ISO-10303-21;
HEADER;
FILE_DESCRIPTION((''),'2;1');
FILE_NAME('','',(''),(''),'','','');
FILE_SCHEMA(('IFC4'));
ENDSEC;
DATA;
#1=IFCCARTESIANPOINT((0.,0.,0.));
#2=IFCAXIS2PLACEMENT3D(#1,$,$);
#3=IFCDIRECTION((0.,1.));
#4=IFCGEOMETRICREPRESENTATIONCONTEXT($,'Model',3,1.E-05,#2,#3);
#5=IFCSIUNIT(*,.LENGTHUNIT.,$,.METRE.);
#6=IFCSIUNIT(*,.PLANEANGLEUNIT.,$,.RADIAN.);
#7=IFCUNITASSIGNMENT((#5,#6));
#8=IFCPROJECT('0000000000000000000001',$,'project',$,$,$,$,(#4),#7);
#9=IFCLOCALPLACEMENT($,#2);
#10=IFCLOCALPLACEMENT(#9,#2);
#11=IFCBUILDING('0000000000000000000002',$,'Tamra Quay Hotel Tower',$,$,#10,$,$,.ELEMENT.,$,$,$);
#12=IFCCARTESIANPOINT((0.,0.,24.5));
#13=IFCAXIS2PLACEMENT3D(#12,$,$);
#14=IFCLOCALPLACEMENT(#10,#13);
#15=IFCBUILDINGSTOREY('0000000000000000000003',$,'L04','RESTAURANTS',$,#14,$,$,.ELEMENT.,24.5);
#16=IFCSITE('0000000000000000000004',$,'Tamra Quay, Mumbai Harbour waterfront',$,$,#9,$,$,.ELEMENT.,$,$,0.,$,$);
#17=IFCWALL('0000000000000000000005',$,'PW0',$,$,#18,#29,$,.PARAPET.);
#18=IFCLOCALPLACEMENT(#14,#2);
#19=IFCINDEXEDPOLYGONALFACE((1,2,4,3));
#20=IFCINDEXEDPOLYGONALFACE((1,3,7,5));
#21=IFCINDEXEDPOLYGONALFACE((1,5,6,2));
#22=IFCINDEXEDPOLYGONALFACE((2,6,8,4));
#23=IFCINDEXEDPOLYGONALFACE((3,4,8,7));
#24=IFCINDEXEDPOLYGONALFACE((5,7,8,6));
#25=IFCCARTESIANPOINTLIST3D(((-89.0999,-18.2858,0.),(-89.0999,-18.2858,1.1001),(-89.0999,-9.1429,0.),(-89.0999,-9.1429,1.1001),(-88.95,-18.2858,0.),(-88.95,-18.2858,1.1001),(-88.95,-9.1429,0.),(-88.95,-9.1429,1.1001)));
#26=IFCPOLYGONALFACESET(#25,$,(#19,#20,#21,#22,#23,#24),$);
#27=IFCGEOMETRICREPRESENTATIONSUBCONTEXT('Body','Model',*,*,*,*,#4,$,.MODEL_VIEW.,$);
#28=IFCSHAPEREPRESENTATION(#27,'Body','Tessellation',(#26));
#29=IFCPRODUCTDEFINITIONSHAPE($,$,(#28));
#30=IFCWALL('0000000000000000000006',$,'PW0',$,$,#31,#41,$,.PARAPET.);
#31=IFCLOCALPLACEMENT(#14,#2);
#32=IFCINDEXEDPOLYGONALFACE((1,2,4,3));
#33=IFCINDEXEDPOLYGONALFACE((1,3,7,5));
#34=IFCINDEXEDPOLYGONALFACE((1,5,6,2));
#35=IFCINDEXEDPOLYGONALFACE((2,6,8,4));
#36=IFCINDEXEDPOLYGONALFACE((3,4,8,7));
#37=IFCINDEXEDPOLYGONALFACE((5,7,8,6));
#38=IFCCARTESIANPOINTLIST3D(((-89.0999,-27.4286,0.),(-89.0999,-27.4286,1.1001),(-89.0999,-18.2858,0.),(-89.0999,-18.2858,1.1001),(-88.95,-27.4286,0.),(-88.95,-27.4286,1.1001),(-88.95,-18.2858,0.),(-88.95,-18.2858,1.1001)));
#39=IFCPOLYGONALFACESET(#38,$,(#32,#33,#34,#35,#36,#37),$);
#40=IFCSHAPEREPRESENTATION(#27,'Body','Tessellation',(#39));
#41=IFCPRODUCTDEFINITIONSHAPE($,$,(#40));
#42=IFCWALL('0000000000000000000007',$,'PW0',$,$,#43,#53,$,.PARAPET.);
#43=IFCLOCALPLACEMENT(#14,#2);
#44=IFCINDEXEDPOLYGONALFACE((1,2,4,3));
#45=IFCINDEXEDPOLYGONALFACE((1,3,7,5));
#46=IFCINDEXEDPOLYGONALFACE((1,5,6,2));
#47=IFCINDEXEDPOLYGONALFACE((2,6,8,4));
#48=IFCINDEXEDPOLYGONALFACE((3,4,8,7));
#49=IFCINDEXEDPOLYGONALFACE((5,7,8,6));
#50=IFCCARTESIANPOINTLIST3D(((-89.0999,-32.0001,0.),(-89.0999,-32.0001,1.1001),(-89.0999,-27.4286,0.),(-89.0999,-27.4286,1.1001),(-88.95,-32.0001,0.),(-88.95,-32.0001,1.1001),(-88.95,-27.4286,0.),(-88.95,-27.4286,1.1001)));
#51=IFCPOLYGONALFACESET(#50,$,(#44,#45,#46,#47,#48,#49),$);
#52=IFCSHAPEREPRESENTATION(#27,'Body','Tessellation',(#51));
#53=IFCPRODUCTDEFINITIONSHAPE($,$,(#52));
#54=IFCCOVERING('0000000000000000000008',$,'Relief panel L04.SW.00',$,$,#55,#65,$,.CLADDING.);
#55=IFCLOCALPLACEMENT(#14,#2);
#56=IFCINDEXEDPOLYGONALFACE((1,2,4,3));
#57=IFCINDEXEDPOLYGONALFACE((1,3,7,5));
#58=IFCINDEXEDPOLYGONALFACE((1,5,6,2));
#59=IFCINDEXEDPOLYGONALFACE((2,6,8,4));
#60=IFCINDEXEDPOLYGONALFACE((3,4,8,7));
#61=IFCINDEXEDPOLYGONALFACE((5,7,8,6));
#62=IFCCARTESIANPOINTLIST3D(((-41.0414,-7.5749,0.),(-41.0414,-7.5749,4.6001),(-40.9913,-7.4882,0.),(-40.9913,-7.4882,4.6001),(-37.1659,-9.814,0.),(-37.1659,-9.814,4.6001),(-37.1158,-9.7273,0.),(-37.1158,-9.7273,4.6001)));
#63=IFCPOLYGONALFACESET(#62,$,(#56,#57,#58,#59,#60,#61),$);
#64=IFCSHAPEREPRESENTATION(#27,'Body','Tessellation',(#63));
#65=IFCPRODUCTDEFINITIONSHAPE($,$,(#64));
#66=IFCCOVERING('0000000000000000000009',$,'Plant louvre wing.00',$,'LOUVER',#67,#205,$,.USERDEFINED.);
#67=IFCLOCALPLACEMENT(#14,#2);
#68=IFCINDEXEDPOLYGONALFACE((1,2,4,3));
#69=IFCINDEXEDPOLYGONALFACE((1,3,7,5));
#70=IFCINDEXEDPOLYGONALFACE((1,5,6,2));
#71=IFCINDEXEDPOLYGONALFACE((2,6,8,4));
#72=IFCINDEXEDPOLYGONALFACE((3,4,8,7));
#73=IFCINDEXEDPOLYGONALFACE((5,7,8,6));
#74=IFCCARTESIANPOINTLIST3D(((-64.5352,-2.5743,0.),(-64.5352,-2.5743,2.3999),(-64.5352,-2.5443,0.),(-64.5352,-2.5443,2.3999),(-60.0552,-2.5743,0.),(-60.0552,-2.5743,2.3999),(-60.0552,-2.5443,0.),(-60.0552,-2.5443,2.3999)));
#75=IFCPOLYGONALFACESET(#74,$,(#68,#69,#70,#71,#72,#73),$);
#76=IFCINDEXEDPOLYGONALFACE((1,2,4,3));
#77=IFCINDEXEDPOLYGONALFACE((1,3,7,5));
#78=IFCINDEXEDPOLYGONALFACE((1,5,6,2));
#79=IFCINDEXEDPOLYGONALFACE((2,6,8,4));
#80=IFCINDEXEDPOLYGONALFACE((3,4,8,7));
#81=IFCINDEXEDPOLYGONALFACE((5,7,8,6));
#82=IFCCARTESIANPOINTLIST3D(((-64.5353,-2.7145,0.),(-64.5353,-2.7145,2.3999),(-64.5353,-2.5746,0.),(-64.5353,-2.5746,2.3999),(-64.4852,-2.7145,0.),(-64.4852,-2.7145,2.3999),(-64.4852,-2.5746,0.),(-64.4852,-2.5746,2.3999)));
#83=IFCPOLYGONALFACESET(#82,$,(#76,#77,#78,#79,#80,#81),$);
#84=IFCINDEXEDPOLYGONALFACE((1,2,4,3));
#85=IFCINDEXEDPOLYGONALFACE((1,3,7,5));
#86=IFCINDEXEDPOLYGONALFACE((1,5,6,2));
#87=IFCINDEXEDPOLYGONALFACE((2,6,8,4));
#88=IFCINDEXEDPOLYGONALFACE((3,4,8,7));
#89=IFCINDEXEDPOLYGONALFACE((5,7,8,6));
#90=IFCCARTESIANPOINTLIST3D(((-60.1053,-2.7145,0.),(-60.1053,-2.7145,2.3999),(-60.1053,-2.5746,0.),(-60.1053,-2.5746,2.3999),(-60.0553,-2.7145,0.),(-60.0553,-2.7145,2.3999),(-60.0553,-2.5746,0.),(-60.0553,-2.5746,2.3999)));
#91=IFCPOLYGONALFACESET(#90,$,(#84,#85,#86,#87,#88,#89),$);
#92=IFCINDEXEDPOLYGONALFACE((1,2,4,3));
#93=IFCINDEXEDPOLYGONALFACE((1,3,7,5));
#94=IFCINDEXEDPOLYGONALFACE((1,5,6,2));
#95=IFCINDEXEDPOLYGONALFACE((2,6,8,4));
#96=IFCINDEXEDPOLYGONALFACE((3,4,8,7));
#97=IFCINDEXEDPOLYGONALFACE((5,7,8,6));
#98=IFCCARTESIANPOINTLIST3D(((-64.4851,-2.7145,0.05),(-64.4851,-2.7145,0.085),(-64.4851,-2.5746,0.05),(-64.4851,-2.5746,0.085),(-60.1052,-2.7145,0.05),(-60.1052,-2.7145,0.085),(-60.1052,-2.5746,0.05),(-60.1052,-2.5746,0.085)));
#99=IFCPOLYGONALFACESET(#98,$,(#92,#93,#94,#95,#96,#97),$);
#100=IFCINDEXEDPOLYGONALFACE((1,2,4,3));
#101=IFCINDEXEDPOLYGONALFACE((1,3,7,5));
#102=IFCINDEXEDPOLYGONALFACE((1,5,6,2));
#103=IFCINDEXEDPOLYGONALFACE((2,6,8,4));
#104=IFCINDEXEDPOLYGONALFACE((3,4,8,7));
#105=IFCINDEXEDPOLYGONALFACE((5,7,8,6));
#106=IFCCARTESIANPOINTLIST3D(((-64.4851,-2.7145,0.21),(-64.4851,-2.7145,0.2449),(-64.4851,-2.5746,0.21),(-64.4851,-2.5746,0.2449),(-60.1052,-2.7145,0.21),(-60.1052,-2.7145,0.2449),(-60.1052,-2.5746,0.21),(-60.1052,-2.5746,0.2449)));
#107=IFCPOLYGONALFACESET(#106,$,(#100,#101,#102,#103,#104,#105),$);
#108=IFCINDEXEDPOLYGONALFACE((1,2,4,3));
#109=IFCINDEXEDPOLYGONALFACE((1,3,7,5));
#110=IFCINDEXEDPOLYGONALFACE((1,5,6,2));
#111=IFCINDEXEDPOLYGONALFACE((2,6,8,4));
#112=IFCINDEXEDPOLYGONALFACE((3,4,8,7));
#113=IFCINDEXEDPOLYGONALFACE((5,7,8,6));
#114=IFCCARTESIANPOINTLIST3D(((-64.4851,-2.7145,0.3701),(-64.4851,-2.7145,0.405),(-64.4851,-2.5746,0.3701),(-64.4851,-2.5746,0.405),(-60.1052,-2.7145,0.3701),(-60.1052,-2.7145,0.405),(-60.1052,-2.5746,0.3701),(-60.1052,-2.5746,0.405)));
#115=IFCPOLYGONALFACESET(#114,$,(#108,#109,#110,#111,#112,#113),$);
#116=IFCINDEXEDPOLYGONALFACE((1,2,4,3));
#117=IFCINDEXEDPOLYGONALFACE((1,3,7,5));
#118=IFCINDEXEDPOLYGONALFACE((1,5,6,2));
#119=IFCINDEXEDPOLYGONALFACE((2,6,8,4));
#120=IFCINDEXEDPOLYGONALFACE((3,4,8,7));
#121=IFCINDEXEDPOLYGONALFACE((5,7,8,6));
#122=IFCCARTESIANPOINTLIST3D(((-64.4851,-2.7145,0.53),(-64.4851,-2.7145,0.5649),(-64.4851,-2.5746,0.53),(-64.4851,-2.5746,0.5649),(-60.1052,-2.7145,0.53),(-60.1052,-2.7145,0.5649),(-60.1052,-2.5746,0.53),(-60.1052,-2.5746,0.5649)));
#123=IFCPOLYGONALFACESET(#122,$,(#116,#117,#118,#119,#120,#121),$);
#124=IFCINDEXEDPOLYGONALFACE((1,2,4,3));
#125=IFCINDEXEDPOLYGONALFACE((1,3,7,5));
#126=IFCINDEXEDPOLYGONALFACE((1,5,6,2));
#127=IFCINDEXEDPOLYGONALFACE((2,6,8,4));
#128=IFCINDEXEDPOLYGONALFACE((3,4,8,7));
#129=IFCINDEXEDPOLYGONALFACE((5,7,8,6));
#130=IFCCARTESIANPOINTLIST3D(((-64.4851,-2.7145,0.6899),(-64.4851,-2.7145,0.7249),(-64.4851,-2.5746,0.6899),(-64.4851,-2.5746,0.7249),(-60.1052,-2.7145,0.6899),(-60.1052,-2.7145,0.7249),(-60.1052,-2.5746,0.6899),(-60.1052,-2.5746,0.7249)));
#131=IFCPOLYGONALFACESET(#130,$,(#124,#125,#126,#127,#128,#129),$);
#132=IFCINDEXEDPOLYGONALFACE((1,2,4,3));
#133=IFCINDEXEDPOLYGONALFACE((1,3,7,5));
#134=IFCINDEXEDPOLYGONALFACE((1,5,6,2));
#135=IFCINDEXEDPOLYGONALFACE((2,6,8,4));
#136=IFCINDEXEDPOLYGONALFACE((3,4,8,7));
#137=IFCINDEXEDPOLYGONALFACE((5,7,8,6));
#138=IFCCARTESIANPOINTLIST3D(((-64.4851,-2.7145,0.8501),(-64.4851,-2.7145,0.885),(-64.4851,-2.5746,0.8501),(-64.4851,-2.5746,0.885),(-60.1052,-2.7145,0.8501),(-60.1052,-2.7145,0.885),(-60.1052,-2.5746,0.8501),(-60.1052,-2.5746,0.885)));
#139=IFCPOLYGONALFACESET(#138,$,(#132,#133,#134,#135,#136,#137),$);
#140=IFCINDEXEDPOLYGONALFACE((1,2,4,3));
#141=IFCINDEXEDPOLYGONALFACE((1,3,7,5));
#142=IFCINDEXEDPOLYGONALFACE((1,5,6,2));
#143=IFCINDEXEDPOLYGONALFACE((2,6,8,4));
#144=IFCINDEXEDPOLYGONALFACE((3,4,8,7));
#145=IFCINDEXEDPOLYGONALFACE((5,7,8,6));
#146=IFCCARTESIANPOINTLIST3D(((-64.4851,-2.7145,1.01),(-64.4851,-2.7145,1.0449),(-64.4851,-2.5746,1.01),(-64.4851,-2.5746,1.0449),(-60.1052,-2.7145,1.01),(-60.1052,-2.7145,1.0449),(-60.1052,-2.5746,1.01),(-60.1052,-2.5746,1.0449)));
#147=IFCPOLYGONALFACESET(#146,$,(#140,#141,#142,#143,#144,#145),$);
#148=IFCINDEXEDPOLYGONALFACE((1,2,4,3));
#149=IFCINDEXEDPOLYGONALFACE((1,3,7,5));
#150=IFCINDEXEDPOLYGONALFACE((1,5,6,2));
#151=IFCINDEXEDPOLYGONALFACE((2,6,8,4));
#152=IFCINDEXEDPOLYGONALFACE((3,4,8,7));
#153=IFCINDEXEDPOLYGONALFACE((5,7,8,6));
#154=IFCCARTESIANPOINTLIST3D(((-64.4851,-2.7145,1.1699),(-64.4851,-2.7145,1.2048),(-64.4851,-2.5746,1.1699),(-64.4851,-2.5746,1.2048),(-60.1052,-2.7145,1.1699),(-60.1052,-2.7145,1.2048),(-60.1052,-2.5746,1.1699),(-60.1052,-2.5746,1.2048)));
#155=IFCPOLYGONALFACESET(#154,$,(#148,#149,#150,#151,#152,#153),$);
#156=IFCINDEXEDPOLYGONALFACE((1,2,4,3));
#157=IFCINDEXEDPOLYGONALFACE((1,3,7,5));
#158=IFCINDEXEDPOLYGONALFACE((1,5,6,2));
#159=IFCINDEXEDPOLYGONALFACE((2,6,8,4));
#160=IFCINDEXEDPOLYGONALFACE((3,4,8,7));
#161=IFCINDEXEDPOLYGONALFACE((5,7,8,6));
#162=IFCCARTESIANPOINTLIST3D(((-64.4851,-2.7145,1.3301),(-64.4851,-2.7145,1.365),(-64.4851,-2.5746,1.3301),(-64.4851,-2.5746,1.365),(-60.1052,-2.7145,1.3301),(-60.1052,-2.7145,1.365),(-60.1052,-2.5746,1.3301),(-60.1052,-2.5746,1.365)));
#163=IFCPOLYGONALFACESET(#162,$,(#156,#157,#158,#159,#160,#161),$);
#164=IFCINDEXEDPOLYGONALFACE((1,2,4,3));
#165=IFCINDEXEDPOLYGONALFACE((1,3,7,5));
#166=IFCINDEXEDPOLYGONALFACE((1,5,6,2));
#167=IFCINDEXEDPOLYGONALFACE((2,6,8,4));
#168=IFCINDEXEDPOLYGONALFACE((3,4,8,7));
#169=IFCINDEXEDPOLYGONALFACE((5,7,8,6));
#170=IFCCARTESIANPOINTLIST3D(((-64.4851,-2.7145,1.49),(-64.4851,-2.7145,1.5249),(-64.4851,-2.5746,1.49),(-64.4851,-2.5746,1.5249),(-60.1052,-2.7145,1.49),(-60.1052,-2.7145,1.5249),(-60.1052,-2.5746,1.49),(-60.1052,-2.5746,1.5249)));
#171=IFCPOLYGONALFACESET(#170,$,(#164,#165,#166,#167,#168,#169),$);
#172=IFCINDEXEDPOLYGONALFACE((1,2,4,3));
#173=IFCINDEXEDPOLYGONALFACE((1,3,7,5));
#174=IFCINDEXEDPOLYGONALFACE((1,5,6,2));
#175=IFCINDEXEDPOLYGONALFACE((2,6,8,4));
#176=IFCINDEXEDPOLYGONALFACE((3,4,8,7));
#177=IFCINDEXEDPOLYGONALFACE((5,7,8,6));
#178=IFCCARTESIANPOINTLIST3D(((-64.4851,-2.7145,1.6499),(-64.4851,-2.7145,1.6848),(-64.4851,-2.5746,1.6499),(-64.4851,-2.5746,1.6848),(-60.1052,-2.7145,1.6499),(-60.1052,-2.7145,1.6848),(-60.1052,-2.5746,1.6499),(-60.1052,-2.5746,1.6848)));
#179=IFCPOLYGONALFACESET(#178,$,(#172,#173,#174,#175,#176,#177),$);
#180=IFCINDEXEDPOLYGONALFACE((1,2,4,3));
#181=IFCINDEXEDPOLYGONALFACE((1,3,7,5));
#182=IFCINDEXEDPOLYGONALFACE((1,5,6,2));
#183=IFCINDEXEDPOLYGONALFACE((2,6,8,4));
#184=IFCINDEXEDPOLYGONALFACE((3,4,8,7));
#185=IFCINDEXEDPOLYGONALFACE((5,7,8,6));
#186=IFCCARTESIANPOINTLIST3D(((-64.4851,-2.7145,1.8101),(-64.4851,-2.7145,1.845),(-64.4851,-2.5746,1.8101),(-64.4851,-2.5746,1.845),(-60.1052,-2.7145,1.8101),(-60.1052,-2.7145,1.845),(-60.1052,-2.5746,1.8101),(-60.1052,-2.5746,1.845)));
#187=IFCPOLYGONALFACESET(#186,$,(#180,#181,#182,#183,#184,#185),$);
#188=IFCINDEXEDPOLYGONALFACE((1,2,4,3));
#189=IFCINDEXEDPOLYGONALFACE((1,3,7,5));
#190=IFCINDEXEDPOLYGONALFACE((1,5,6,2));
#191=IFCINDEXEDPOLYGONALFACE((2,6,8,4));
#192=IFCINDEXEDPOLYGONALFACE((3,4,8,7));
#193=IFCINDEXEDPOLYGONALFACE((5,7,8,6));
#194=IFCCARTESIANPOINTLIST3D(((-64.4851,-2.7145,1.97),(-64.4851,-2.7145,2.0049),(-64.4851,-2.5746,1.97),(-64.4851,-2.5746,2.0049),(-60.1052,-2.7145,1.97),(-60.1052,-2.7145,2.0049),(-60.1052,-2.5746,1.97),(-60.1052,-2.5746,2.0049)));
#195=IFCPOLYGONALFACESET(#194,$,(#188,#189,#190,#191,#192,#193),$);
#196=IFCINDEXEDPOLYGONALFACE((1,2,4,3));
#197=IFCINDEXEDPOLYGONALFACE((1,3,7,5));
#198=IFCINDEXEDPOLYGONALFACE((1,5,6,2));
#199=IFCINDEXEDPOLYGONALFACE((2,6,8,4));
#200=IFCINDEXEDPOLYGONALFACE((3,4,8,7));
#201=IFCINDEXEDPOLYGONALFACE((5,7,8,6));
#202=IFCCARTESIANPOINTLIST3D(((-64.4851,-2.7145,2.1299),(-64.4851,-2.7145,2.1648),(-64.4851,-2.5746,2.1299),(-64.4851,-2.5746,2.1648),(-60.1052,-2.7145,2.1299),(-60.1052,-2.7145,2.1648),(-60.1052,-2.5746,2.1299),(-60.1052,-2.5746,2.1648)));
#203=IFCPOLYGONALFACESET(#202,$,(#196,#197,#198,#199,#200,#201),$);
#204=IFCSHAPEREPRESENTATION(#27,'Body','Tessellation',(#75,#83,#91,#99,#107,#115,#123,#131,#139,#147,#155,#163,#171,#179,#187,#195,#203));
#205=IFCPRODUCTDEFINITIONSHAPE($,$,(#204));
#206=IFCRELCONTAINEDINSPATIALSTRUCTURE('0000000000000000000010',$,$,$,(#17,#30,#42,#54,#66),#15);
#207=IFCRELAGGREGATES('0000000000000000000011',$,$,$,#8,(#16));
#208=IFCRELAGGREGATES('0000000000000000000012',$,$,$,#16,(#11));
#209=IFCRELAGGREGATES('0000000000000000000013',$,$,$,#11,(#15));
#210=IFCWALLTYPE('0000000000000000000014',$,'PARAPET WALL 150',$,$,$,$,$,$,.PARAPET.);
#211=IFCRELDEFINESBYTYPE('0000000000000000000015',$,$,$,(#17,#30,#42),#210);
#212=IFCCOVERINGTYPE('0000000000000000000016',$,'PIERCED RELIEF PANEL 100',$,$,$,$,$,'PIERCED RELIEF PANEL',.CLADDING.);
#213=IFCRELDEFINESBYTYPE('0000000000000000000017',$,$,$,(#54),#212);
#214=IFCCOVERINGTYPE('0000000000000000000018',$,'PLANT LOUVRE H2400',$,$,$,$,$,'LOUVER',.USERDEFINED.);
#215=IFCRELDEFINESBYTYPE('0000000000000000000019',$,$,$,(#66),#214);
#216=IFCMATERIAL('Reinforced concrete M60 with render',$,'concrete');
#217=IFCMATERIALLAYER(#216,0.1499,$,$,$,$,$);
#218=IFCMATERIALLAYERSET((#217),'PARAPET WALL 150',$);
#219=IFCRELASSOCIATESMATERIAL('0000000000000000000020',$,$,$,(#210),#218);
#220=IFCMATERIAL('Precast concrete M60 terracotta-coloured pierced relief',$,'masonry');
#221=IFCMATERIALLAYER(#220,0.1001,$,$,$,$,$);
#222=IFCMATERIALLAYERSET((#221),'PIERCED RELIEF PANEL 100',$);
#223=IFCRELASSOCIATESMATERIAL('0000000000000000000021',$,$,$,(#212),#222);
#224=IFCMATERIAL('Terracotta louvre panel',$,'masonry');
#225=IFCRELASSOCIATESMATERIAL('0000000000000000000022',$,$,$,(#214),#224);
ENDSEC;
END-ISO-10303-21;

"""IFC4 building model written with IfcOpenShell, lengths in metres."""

from ifc_helpers import new_model, si_unit, direction, frame, frame_2d, origin, origin_2d, place, context, subcontext, project, spatial, rectangle, extrude, source, transform, mapped, material, layer, layer_set, type_object, element, save


model = new_model("IFC4")

# Units and contexts
model_context = context("Model", 3, precision=1e-05, world=origin(), true_north=direction((0.0, 1.0)))
body_context = subcontext(model_context, "Body", "Model", "MODEL_VIEW")
ifc_project = project(units=[si_unit("LENGTHUNIT", "METRE"), si_unit("PLANEANGLEUNIT", "RADIAN")], contexts=[model_context])

# Site, building, storey
site_placement = place(None, origin())
site = spatial("IfcSite", under=ifc_project, at=site_placement, Name="Tamra Quay, Mumbai Harbour waterfront", CompositionType="ELEMENT", RefElevation=0.0)
building_placement = place(site_placement, origin())
building = spatial("IfcBuilding", under=site, at=building_placement, Name="Tamra Quay Hotel Tower", CompositionType="ELEMENT")
storey_placement = place(building_placement, frame((0.0, 0.0, 24.5)))
storey = spatial("IfcBuildingStorey", under=building, at=storey_placement, Name="L04", Description="RESTAURANTS", CompositionType="ELEMENT", Elevation=24.5)

# Walls
ifc_material_1 = material(Name="Reinforced concrete M60 with render", Category="concrete")
ifc_layer_1 = layer(ifc_material_1, 0.1499)
ifc_layer_set_1 = layer_set([ifc_layer_1], Name="PARAPET WALL 150")
wall_type_1 = type_object("IfcWallType", Name="PARAPET WALL 150", PredefinedType="PARAPET", material=ifc_layer_set_1)
for number, where, z_axis, x_axis, name in (
    (1, (-89.0249, -18.2856, 0.0), (0.0, 0.0, 1.0), (0.0, 1.0, 0.0), "PW0"),
    (2, (-89.0249, -27.4285, 0.0), (0.0, 0.0, 1.0), (0.0, 1.0, 0.0), "PW0"),
):
    element("IfcWall", number, at=place(storey_placement, frame(where, z_axis=z_axis, x_axis=x_axis)), inside=storey, type_object=wall_type_1, Name=name, PredefinedType="PARAPET", context=body_context, shape_type="SweptSolid", body=[
        extrude(rectangle(XDim=9.1428, YDim=0.1499, at=frame_2d((4.5713, 0.0))), origin(), (0.0, 0.0, 1.0), 1.1001),
    ])
wall_1_placement = place(storey_placement, frame((-89.0249, -32.0, 0.0), z_axis=(0.0, 0.0, 1.0), x_axis=(0.0, 1.0, 0.0)))
element("IfcWall", 3, at=wall_1_placement, inside=storey, type_object=wall_type_1, Name="PW0", PredefinedType="PARAPET", context=body_context, shape_type="SweptSolid", body=[
    extrude(rectangle(XDim=4.5715, YDim=0.1499, at=frame_2d((2.2856, 0.0))), origin(), (0.0, 0.0, 1.0), 1.1001),
])

# Coverings
ifc_material_2 = material(Name="Precast concrete M60 terracotta-coloured pierced relief", Category="masonry")
ifc_layer_2 = layer(ifc_material_2, 0.1001)
ifc_layer_set_2 = layer_set([ifc_layer_2], Name="PIERCED RELIEF PANEL 100")
covering_type_1 = type_object("IfcCoveringType", Name="PIERCED RELIEF PANEL 100", ElementType="PIERCED RELIEF PANEL", PredefinedType="CLADDING", material=ifc_layer_set_2)
covering_placement = place(storey_placement, frame((-39.0786, -8.6511, 0.0), z_axis=(0.0, 0.0, 1.0), x_axis=(0.865872, -0.500265, 0.0)))
element("IfcCovering", 4, at=covering_placement, inside=storey, type_object=covering_type_1, Name="Relief panel L04.SW.00", PredefinedType="CLADDING", context=body_context, shape_type="SweptSolid", body=[
    extrude(rectangle(XDim=4.4758, YDim=0.1001, at=origin_2d()), origin(), (0.0, 0.0, 1.0), 4.6001),
])
ifc_material_3 = material(Name="Terracotta louvre panel", Category="masonry")
covering_type_2 = type_object("IfcCoveringType", Name="PLANT LOUVRE H2400", ElementType="LOUVER", PredefinedType="USERDEFINED", material=ifc_material_3)
shared_shape_1 = source(origin(), body_context, "Body", "SweptSolid", [
    extrude(rectangle(XDim=4.48, YDim=0.03, at=frame_2d((2.24, 0.0151))), frame((-2.24, -0.03, 0.0)), (0.0, 0.0, 1.0), 2.3999),
    extrude(rectangle(XDim=0.05, YDim=0.1399, at=frame_2d((0.0249, 0.0698))), frame((-2.24, -0.1699, 0.0)), (0.0, 0.0, 1.0), 2.3999),
    extrude(rectangle(XDim=0.05, YDim=0.1399, at=frame_2d((0.0249, 0.0698))), frame((2.1899, -0.1699, 0.0)), (0.0, 0.0, 1.0), 2.3999),
    extrude(rectangle(XDim=4.3799, YDim=0.1399, at=frame_2d((2.1899, 0.0698))), frame((-2.1899, -0.1699, 0.05)), (0.0, 0.0, 1.0), 0.0349),
    extrude(rectangle(XDim=4.3799, YDim=0.1399, at=frame_2d((2.1899, 0.0698))), frame((-2.1899, -0.1699, 0.21)), (0.0, 0.0, 1.0), 0.0349),
    extrude(rectangle(XDim=4.3799, YDim=0.1399, at=frame_2d((2.1899, 0.0698))), frame((-2.1899, -0.1699, 0.3701)), (0.0, 0.0, 1.0), 0.0349),
    extrude(rectangle(XDim=4.3799, YDim=0.1399, at=frame_2d((2.1899, 0.0698))), frame((-2.1899, -0.1699, 0.53)), (0.0, 0.0, 1.0), 0.0349),
    extrude(rectangle(XDim=4.3799, YDim=0.1399, at=frame_2d((2.1899, 0.0698))), frame((-2.1899, -0.1699, 0.6899)), (0.0, 0.0, 1.0), 0.0349),
    extrude(rectangle(XDim=4.3799, YDim=0.1399, at=frame_2d((2.1899, 0.0698))), frame((-2.1899, -0.1699, 0.8501)), (0.0, 0.0, 1.0), 0.0349),
    extrude(rectangle(XDim=4.3799, YDim=0.1399, at=frame_2d((2.1899, 0.0698))), frame((-2.1899, -0.1699, 1.01)), (0.0, 0.0, 1.0), 0.0349),
    extrude(rectangle(XDim=4.3799, YDim=0.1399, at=frame_2d((2.1899, 0.0698))), frame((-2.1899, -0.1699, 1.1699)), (0.0, 0.0, 1.0), 0.0349),
    extrude(rectangle(XDim=4.3799, YDim=0.1399, at=frame_2d((2.1899, 0.0698))), frame((-2.1899, -0.1699, 1.3301)), (0.0, 0.0, 1.0), 0.0349),
    extrude(rectangle(XDim=4.3799, YDim=0.1399, at=frame_2d((2.1899, 0.0698))), frame((-2.1899, -0.1699, 1.49)), (0.0, 0.0, 1.0), 0.0349),
    extrude(rectangle(XDim=4.3799, YDim=0.1399, at=frame_2d((2.1899, 0.0698))), frame((-2.1899, -0.1699, 1.6499)), (0.0, 0.0, 1.0), 0.0349),
    extrude(rectangle(XDim=4.3799, YDim=0.1399, at=frame_2d((2.1899, 0.0698))), frame((-2.1899, -0.1699, 1.8101)), (0.0, 0.0, 1.0), 0.0349),
    extrude(rectangle(XDim=4.3799, YDim=0.1399, at=frame_2d((2.1899, 0.0698))), frame((-2.1899, -0.1699, 1.97)), (0.0, 0.0, 1.0), 0.0349),
    extrude(rectangle(XDim=4.3799, YDim=0.1399, at=frame_2d((2.1899, 0.0698))), frame((-2.1899, -0.1699, 2.1299)), (0.0, 0.0, 1.0), 0.0349),
])
for number, where, z_axis, x_axis, name in (
    (5, (-62.2952, -2.5444, 0.0), (0.0, 0.0, 1.0), (1.0, 0.0, 0.0), "Plant louvre wing.00"),
):
    element("IfcCovering", number, at=place(storey_placement, frame(where, z_axis=z_axis, x_axis=x_axis)), inside=storey, type_object=covering_type_2, Name=name, ObjectType="LOUVER", PredefinedType="USERDEFINED", context=body_context, shape_type="MappedRepresentation", body=[
        mapped(shared_shape_1, transform((0.0, 0.0, 0.0), scale=1.0)),
    ])

save(model, "model.ifc")
